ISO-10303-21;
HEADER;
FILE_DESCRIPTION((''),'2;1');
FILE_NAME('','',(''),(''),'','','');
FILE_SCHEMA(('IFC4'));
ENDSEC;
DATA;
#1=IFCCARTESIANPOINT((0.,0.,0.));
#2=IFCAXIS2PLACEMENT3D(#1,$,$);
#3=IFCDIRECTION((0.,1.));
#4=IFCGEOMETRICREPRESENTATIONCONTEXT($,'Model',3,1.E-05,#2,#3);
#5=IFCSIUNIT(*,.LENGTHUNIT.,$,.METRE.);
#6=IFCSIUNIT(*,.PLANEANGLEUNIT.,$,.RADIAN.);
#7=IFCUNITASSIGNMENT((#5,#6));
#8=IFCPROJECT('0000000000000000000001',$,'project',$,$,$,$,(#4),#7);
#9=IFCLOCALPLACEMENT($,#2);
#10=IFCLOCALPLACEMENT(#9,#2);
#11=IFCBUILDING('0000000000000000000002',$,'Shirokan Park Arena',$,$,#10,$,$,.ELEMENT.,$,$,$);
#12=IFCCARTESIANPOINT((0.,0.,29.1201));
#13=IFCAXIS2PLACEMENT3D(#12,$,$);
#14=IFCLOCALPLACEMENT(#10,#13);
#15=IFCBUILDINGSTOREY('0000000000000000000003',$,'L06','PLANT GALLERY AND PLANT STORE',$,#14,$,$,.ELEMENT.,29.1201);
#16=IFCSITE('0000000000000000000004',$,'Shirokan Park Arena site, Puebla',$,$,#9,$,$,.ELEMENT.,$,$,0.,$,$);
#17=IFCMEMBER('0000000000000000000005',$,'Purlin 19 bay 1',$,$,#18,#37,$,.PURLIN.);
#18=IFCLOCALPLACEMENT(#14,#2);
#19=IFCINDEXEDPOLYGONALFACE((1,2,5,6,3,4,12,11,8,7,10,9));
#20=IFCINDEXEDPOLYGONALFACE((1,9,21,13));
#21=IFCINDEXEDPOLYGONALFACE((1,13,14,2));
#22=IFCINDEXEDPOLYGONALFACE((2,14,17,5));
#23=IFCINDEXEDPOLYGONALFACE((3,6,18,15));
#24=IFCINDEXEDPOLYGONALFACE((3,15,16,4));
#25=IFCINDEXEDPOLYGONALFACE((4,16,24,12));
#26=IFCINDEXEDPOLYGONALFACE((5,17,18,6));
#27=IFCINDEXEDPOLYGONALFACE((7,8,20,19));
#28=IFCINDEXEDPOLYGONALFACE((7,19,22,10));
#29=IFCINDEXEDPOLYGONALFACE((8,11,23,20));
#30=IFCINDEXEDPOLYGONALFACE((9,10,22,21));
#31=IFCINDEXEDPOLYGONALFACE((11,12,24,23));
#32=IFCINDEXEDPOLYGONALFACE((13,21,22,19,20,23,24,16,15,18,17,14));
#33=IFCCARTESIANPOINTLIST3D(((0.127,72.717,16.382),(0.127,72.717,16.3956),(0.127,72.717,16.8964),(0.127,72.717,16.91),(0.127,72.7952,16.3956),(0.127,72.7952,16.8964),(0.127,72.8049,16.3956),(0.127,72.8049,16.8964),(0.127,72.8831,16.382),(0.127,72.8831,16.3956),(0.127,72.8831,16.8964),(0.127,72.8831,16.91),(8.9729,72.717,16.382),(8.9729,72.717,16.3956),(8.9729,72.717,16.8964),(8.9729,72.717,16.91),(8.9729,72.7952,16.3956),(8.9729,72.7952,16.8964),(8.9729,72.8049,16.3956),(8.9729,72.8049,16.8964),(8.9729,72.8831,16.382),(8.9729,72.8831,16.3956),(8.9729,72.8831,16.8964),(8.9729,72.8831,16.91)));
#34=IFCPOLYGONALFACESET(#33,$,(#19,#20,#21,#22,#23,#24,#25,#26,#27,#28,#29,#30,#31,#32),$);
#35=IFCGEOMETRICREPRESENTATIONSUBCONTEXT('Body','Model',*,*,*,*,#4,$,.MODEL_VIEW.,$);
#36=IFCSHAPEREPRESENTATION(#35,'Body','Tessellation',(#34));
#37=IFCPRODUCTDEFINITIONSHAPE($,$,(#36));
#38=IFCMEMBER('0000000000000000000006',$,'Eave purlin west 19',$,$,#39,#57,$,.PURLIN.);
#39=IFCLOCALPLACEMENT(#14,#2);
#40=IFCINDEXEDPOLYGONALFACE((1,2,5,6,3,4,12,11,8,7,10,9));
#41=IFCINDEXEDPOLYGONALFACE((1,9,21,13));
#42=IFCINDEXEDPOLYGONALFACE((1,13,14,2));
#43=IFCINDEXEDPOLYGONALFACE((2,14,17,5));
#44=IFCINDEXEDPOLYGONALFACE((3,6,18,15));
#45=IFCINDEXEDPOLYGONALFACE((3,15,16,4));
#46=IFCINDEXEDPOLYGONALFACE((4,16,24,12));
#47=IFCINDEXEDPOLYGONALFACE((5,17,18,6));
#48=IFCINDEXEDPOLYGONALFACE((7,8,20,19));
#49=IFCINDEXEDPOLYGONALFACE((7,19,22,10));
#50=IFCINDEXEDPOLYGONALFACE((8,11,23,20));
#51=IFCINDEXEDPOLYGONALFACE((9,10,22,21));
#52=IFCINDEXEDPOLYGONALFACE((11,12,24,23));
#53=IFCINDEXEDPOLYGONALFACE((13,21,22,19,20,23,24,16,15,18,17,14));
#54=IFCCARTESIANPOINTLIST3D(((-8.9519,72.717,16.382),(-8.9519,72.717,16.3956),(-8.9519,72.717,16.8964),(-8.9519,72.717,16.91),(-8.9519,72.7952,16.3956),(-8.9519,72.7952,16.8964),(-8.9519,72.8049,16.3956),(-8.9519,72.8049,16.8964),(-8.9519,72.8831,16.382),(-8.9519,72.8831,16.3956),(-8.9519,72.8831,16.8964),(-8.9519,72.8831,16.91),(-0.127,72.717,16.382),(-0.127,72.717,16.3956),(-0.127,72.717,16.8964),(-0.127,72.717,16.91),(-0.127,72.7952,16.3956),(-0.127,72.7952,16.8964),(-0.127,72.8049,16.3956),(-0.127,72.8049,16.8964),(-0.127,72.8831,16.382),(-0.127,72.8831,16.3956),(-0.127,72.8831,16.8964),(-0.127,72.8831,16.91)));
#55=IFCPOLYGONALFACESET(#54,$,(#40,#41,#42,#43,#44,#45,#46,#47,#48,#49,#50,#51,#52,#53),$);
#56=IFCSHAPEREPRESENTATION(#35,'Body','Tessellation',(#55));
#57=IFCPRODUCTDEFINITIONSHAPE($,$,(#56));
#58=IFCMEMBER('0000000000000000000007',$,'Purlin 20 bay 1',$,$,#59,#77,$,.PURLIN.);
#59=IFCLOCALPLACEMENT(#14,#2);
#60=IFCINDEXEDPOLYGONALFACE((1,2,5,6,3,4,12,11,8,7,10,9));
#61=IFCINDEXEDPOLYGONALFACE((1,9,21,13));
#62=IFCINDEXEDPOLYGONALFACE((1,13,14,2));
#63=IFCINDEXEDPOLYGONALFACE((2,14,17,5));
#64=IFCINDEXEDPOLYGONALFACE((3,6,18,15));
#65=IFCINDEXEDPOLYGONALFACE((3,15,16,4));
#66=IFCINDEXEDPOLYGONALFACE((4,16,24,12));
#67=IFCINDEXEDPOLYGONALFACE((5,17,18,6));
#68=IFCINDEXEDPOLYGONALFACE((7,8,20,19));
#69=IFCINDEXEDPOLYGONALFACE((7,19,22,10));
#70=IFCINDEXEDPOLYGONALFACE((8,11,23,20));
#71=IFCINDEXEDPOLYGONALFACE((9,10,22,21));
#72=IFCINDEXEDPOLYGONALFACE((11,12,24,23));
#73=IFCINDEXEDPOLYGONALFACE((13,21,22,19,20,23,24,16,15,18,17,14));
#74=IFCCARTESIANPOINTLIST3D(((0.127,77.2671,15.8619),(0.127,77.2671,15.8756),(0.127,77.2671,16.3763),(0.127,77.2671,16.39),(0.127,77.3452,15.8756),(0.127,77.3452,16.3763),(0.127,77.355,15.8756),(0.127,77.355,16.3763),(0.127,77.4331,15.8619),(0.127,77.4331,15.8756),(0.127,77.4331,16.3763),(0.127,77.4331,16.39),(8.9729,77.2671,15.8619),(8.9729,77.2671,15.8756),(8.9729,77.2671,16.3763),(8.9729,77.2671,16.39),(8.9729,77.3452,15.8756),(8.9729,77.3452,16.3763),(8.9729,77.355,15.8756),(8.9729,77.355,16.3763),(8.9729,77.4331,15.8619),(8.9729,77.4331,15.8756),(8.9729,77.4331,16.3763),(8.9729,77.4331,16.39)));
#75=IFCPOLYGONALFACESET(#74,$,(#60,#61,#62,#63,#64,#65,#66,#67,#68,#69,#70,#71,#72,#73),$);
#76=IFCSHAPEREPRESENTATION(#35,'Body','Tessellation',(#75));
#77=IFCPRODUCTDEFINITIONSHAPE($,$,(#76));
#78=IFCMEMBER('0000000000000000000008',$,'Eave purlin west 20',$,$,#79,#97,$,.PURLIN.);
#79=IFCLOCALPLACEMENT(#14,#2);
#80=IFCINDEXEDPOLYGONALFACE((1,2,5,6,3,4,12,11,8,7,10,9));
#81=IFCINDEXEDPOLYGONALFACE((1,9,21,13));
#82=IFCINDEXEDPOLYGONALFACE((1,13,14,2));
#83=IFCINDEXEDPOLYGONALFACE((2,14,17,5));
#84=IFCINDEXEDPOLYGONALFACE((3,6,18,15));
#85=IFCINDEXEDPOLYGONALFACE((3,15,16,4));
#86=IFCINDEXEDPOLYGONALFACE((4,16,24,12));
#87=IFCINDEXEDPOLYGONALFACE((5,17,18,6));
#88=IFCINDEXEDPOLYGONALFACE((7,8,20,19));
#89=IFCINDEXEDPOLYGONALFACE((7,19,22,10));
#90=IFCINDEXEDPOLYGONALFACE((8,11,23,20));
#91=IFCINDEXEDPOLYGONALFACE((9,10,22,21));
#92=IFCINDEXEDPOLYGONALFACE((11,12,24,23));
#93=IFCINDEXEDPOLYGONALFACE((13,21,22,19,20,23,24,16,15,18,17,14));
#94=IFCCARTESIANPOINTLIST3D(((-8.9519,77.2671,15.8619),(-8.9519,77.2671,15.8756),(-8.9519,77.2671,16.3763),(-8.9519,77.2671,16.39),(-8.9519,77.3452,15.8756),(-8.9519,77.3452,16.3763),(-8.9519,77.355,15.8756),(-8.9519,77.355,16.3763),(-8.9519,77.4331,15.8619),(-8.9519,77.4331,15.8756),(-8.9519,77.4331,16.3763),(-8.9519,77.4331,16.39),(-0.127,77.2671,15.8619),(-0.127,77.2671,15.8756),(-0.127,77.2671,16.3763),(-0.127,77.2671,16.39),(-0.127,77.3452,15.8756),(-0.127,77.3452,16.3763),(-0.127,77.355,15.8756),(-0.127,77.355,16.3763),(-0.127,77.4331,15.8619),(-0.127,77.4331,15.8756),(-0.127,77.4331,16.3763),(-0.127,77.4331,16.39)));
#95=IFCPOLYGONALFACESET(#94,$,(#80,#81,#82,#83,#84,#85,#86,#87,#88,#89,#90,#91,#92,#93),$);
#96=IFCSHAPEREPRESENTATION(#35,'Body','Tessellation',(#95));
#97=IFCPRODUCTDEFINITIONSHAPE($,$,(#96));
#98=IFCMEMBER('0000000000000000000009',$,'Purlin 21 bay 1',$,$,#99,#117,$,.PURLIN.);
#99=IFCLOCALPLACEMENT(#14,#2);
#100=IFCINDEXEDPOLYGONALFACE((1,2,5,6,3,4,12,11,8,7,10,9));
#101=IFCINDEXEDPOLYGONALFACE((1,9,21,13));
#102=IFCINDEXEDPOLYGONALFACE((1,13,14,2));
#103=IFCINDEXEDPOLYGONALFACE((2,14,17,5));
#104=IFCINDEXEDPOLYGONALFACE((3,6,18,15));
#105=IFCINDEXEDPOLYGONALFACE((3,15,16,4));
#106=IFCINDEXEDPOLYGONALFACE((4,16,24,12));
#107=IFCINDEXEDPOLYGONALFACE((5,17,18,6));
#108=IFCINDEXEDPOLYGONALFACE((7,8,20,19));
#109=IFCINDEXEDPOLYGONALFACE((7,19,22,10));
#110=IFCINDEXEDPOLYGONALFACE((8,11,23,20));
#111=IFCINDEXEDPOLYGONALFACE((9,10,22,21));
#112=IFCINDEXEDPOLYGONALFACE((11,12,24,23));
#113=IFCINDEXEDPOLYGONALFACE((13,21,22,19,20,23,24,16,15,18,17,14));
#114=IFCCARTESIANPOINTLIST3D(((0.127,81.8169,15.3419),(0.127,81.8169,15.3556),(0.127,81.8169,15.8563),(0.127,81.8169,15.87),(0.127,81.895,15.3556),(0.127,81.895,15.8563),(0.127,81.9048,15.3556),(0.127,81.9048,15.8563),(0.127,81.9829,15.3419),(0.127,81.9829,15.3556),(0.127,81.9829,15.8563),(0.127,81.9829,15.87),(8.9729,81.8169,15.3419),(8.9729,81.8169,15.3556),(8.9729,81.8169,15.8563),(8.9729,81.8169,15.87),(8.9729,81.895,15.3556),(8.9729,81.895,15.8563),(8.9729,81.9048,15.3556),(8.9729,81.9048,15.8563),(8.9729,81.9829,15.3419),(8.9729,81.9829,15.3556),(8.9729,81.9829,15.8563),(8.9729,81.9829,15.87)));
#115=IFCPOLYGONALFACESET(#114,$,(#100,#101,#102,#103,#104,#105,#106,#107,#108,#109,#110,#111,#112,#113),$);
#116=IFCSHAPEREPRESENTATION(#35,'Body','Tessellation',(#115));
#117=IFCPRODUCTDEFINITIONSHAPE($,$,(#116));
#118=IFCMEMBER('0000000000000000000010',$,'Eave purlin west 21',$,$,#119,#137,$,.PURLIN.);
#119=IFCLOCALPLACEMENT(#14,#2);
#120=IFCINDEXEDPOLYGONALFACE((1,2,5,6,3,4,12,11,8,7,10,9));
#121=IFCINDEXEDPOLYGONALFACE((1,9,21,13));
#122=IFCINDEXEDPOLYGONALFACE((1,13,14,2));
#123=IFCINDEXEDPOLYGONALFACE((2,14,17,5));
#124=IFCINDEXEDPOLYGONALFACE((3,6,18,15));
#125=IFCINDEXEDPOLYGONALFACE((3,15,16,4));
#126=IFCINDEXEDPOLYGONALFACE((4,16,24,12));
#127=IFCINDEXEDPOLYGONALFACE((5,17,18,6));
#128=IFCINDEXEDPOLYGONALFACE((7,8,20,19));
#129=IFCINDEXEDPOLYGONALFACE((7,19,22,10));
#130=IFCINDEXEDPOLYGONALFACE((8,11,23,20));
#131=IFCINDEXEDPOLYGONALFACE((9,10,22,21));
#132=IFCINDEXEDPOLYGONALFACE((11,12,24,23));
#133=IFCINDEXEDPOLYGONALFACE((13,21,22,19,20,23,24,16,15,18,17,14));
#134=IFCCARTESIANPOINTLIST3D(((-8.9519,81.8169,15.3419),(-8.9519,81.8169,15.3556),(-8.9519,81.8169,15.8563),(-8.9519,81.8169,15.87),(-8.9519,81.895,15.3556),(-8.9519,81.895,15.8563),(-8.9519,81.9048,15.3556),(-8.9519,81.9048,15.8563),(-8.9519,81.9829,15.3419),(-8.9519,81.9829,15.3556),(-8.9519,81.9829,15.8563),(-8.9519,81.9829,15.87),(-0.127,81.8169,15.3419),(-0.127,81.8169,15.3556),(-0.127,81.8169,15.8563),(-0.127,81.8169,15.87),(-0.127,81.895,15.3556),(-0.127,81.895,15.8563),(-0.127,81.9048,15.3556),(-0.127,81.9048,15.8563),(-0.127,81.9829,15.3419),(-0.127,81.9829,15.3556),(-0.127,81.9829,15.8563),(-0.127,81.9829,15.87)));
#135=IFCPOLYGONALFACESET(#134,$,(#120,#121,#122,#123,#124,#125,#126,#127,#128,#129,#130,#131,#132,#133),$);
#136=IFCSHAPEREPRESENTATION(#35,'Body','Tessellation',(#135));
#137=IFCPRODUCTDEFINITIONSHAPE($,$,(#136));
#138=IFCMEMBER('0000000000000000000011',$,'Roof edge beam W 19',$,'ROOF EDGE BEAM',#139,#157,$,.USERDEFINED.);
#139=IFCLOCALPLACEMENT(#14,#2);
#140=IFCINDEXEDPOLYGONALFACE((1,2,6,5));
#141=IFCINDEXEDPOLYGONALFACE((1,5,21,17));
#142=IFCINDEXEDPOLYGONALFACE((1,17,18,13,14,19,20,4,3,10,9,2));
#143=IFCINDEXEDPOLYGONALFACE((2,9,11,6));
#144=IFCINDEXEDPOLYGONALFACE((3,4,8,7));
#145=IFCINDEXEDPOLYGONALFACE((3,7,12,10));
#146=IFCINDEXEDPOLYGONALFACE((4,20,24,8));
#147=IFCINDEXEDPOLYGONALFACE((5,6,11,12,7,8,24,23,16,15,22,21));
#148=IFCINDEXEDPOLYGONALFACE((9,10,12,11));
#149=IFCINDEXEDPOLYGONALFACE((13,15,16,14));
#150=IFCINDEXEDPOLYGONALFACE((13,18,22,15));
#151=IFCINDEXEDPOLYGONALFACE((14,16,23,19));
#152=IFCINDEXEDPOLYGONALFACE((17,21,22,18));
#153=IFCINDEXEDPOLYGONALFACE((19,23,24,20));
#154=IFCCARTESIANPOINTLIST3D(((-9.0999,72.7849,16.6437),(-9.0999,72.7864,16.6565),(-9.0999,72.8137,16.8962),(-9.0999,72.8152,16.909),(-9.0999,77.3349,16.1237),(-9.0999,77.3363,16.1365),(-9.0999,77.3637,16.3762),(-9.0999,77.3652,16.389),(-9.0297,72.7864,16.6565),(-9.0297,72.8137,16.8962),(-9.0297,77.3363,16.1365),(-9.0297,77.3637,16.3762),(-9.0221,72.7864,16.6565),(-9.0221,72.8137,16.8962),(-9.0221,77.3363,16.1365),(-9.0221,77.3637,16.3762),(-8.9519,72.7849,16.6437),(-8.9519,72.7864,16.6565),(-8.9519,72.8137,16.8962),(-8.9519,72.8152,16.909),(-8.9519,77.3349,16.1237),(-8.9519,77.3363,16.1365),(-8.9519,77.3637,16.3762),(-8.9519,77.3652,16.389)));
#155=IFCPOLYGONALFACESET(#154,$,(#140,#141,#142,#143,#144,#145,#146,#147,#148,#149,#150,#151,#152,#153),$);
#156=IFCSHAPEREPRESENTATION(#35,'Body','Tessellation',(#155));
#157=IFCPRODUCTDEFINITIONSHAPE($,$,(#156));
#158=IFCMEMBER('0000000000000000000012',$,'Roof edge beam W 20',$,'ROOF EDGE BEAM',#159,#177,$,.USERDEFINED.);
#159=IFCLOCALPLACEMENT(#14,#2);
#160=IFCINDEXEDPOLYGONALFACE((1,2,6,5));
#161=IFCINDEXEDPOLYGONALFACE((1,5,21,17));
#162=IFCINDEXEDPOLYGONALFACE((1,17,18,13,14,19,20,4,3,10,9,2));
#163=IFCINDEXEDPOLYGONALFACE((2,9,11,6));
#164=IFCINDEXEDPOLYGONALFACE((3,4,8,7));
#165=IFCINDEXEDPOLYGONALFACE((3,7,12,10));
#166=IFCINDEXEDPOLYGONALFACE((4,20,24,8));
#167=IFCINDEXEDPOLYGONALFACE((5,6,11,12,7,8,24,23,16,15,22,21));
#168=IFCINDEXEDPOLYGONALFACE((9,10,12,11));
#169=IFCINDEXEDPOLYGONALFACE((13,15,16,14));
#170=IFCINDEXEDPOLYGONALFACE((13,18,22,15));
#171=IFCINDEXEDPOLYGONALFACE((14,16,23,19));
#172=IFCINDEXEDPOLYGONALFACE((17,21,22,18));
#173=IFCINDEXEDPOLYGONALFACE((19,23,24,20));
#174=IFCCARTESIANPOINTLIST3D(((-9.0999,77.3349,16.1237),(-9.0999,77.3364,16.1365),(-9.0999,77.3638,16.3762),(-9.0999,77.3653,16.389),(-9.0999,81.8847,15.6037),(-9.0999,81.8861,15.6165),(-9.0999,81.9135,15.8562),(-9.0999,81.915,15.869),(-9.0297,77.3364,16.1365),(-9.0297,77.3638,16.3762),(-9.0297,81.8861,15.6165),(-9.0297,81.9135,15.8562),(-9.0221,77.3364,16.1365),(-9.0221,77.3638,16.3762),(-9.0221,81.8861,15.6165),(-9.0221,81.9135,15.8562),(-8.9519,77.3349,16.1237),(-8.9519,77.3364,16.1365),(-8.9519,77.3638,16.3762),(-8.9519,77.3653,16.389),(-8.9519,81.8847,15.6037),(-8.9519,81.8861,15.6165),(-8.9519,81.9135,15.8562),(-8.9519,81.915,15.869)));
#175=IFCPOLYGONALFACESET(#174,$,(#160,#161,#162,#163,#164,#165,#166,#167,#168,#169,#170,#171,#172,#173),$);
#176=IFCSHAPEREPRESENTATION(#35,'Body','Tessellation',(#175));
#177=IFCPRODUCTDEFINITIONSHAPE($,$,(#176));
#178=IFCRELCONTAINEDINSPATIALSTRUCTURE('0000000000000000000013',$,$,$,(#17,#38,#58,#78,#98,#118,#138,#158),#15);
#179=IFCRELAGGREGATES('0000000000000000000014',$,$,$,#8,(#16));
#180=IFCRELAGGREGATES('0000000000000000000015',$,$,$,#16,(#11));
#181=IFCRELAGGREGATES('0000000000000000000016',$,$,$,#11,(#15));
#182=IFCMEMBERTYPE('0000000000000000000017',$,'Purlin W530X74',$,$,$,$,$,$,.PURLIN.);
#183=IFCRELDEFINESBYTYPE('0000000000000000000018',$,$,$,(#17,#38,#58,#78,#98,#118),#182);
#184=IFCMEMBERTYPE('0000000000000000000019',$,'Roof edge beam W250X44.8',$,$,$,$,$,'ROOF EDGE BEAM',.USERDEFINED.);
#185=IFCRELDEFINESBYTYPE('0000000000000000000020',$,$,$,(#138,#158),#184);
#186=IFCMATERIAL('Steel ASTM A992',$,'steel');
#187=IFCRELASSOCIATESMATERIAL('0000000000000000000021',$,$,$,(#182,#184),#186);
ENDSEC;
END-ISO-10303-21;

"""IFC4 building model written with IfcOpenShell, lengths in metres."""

from ifc_helpers import new_model, si_unit, direction, frame, origin, origin_2d, place, context, subcontext, project, spatial, i_section, extrude, material, material_profile, profile_set, type_object, element, save


model = new_model("IFC4")

# Units and contexts
model_context = context("Model", 3, precision=1e-05, world=origin(), true_north=direction((0.0, 1.0)))
body_context = subcontext(model_context, "Body", "Model", "MODEL_VIEW")
ifc_project = project(units=[si_unit("LENGTHUNIT", "METRE"), si_unit("PLANEANGLEUNIT", "RADIAN")], contexts=[model_context])

# Site, building, storey
site_placement = place(None, origin())
site = spatial("IfcSite", under=ifc_project, at=site_placement, Name="Shirokan Park Arena site, Puebla", CompositionType="ELEMENT", RefElevation=0.0)
building_placement = place(site_placement, origin())
building = spatial("IfcBuilding", under=site, at=building_placement, Name="Shirokan Park Arena", CompositionType="ELEMENT")
storey_placement = place(building_placement, frame((0.0, 0.0, 29.1201)))
storey = spatial("IfcBuildingStorey", under=building, at=storey_placement, Name="L06", Description="PLANT GALLERY AND PLANT STORE", CompositionType="ELEMENT", Elevation=29.1201)

# Members
ifc_material_1 = material(Name="Steel ASTM A992", Category="steel")
ifc_material_profile_1 = material_profile(ifc_material_1, i_section(OverallWidth=0.166, OverallDepth=0.5281, WebThickness=0.0098, FlangeThickness=0.0137, at=origin_2d()), Name="W530X74")
ifc_profile_set_1 = profile_set([ifc_material_profile_1], Name="Steel ASTM A992")
member_type_1 = type_object("IfcMemberType", Name="Purlin W530X74", PredefinedType="PURLIN", material=ifc_profile_set_1)
member_1_placement = place(storey_placement, frame((0.127, 72.8, 16.646), z_axis=(1.0, 0.0, 0.0), x_axis=(0.0, 1.0, 0.0)))
element("IfcMember", 1, at=member_1_placement, inside=storey, type_object=member_type_1, Name="Purlin 19 bay 1", PredefinedType="PURLIN", context=body_context, shape_type="SweptSolid", body=[
    extrude(i_section(OverallWidth=0.166, OverallDepth=0.5281, WebThickness=0.0098, FlangeThickness=0.0137, at=origin_2d()), origin(), (0.0, 0.0, 1.0), 8.8459),
])
member_2_placement = place(storey_placement, frame((-8.9519, 72.8, 16.646), z_axis=(1.0, 0.0, 0.0), x_axis=(0.0, 1.0, 0.0)))
element("IfcMember", 2, at=member_2_placement, inside=storey, type_object=member_type_1, Name="Eave purlin west 19", PredefinedType="PURLIN", context=body_context, shape_type="SweptSolid", body=[
    extrude(i_section(OverallWidth=0.166, OverallDepth=0.5281, WebThickness=0.0098, FlangeThickness=0.0137, at=origin_2d()), origin(), (0.0, 0.0, 1.0), 8.825),
])
member_3_placement = place(storey_placement, frame((0.127, 77.3501, 16.126), z_axis=(1.0, 0.0, 0.0), x_axis=(0.0, 1.0, 0.0)))
element("IfcMember", 3, at=member_3_placement, inside=storey, type_object=member_type_1, Name="Purlin 20 bay 1", PredefinedType="PURLIN", context=body_context, shape_type="SweptSolid", body=[
    extrude(i_section(OverallWidth=0.166, OverallDepth=0.5281, WebThickness=0.0098, FlangeThickness=0.0137, at=origin_2d()), origin(), (0.0, 0.0, 1.0), 8.8459),
])
member_4_placement = place(storey_placement, frame((-8.9519, 77.3501, 16.126), z_axis=(1.0, 0.0, 0.0), x_axis=(0.0, 1.0, 0.0)))
element("IfcMember", 4, at=member_4_placement, inside=storey, type_object=member_type_1, Name="Eave purlin west 20", PredefinedType="PURLIN", context=body_context, shape_type="SweptSolid", body=[
    extrude(i_section(OverallWidth=0.166, OverallDepth=0.5281, WebThickness=0.0098, FlangeThickness=0.0137, at=origin_2d()), origin(), (0.0, 0.0, 1.0), 8.825),
])
member_5_placement = place(storey_placement, frame((0.127, 81.8999, 15.606), z_axis=(1.0, 0.0, 0.0), x_axis=(0.0, 1.0, 0.0)))
element("IfcMember", 5, at=member_5_placement, inside=storey, type_object=member_type_1, Name="Purlin 21 bay 1", PredefinedType="PURLIN", context=body_context, shape_type="SweptSolid", body=[
    extrude(i_section(OverallWidth=0.166, OverallDepth=0.5281, WebThickness=0.0098, FlangeThickness=0.0137, at=origin_2d()), origin(), (0.0, 0.0, 1.0), 8.8459),
])
member_6_placement = place(storey_placement, frame((-8.9519, 81.8999, 15.606), z_axis=(1.0, 0.0, 0.0), x_axis=(0.0, 1.0, 0.0)))
element("IfcMember", 6, at=member_6_placement, inside=storey, type_object=member_type_1, Name="Eave purlin west 21", PredefinedType="PURLIN", context=body_context, shape_type="SweptSolid", body=[
    extrude(i_section(OverallWidth=0.166, OverallDepth=0.5281, WebThickness=0.0098, FlangeThickness=0.0137, at=origin_2d()), origin(), (0.0, 0.0, 1.0), 8.825),
])
ifc_material_profile_2 = material_profile(ifc_material_1, i_section(OverallWidth=0.1479, OverallDepth=0.2671, WebThickness=0.0076, FlangeThickness=0.0129, at=origin_2d()), Name="W250X44.8")
ifc_profile_set_2 = profile_set([ifc_material_profile_2], Name="Steel ASTM A992")
member_type_2 = type_object("IfcMemberType", Name="Roof edge beam W250X44.8", ElementType="ROOF EDGE BEAM", PredefinedType="USERDEFINED", material=ifc_profile_set_2)
member_7_placement = place(storey_placement, frame((-9.0259, 72.8, 16.7764), z_axis=(0.0, 0.993532, -0.11355), x_axis=(-1.0, 0.0, 0.0)))
element("IfcMember", 7, at=member_7_placement, inside=storey, type_object=member_type_2, Name="Roof edge beam W 19", ObjectType="ROOF EDGE BEAM", PredefinedType="USERDEFINED", context=body_context, shape_type="SweptSolid", body=[
    extrude(i_section(OverallWidth=0.1479, OverallDepth=0.2671, WebThickness=0.0076, FlangeThickness=0.0129, at=origin_2d()), origin(), (0.0, 0.0, 1.0), 4.5796),
])
member_8_placement = place(storey_placement, frame((-9.0259, 77.3501, 16.2563), z_axis=(0.0, 0.993532, -0.113556), x_axis=(-1.0, 0.0, 0.0)))
element("IfcMember", 8, at=member_8_placement, inside=storey, type_object=member_type_2, Name="Roof edge beam W 20", ObjectType="ROOF EDGE BEAM", PredefinedType="USERDEFINED", context=body_context, shape_type="SweptSolid", body=[
    extrude(i_section(OverallWidth=0.1479, OverallDepth=0.2671, WebThickness=0.0076, FlangeThickness=0.0129, at=origin_2d()), origin(), (0.0, 0.0, 1.0), 4.5793),
])

save(model, "model.ifc")
